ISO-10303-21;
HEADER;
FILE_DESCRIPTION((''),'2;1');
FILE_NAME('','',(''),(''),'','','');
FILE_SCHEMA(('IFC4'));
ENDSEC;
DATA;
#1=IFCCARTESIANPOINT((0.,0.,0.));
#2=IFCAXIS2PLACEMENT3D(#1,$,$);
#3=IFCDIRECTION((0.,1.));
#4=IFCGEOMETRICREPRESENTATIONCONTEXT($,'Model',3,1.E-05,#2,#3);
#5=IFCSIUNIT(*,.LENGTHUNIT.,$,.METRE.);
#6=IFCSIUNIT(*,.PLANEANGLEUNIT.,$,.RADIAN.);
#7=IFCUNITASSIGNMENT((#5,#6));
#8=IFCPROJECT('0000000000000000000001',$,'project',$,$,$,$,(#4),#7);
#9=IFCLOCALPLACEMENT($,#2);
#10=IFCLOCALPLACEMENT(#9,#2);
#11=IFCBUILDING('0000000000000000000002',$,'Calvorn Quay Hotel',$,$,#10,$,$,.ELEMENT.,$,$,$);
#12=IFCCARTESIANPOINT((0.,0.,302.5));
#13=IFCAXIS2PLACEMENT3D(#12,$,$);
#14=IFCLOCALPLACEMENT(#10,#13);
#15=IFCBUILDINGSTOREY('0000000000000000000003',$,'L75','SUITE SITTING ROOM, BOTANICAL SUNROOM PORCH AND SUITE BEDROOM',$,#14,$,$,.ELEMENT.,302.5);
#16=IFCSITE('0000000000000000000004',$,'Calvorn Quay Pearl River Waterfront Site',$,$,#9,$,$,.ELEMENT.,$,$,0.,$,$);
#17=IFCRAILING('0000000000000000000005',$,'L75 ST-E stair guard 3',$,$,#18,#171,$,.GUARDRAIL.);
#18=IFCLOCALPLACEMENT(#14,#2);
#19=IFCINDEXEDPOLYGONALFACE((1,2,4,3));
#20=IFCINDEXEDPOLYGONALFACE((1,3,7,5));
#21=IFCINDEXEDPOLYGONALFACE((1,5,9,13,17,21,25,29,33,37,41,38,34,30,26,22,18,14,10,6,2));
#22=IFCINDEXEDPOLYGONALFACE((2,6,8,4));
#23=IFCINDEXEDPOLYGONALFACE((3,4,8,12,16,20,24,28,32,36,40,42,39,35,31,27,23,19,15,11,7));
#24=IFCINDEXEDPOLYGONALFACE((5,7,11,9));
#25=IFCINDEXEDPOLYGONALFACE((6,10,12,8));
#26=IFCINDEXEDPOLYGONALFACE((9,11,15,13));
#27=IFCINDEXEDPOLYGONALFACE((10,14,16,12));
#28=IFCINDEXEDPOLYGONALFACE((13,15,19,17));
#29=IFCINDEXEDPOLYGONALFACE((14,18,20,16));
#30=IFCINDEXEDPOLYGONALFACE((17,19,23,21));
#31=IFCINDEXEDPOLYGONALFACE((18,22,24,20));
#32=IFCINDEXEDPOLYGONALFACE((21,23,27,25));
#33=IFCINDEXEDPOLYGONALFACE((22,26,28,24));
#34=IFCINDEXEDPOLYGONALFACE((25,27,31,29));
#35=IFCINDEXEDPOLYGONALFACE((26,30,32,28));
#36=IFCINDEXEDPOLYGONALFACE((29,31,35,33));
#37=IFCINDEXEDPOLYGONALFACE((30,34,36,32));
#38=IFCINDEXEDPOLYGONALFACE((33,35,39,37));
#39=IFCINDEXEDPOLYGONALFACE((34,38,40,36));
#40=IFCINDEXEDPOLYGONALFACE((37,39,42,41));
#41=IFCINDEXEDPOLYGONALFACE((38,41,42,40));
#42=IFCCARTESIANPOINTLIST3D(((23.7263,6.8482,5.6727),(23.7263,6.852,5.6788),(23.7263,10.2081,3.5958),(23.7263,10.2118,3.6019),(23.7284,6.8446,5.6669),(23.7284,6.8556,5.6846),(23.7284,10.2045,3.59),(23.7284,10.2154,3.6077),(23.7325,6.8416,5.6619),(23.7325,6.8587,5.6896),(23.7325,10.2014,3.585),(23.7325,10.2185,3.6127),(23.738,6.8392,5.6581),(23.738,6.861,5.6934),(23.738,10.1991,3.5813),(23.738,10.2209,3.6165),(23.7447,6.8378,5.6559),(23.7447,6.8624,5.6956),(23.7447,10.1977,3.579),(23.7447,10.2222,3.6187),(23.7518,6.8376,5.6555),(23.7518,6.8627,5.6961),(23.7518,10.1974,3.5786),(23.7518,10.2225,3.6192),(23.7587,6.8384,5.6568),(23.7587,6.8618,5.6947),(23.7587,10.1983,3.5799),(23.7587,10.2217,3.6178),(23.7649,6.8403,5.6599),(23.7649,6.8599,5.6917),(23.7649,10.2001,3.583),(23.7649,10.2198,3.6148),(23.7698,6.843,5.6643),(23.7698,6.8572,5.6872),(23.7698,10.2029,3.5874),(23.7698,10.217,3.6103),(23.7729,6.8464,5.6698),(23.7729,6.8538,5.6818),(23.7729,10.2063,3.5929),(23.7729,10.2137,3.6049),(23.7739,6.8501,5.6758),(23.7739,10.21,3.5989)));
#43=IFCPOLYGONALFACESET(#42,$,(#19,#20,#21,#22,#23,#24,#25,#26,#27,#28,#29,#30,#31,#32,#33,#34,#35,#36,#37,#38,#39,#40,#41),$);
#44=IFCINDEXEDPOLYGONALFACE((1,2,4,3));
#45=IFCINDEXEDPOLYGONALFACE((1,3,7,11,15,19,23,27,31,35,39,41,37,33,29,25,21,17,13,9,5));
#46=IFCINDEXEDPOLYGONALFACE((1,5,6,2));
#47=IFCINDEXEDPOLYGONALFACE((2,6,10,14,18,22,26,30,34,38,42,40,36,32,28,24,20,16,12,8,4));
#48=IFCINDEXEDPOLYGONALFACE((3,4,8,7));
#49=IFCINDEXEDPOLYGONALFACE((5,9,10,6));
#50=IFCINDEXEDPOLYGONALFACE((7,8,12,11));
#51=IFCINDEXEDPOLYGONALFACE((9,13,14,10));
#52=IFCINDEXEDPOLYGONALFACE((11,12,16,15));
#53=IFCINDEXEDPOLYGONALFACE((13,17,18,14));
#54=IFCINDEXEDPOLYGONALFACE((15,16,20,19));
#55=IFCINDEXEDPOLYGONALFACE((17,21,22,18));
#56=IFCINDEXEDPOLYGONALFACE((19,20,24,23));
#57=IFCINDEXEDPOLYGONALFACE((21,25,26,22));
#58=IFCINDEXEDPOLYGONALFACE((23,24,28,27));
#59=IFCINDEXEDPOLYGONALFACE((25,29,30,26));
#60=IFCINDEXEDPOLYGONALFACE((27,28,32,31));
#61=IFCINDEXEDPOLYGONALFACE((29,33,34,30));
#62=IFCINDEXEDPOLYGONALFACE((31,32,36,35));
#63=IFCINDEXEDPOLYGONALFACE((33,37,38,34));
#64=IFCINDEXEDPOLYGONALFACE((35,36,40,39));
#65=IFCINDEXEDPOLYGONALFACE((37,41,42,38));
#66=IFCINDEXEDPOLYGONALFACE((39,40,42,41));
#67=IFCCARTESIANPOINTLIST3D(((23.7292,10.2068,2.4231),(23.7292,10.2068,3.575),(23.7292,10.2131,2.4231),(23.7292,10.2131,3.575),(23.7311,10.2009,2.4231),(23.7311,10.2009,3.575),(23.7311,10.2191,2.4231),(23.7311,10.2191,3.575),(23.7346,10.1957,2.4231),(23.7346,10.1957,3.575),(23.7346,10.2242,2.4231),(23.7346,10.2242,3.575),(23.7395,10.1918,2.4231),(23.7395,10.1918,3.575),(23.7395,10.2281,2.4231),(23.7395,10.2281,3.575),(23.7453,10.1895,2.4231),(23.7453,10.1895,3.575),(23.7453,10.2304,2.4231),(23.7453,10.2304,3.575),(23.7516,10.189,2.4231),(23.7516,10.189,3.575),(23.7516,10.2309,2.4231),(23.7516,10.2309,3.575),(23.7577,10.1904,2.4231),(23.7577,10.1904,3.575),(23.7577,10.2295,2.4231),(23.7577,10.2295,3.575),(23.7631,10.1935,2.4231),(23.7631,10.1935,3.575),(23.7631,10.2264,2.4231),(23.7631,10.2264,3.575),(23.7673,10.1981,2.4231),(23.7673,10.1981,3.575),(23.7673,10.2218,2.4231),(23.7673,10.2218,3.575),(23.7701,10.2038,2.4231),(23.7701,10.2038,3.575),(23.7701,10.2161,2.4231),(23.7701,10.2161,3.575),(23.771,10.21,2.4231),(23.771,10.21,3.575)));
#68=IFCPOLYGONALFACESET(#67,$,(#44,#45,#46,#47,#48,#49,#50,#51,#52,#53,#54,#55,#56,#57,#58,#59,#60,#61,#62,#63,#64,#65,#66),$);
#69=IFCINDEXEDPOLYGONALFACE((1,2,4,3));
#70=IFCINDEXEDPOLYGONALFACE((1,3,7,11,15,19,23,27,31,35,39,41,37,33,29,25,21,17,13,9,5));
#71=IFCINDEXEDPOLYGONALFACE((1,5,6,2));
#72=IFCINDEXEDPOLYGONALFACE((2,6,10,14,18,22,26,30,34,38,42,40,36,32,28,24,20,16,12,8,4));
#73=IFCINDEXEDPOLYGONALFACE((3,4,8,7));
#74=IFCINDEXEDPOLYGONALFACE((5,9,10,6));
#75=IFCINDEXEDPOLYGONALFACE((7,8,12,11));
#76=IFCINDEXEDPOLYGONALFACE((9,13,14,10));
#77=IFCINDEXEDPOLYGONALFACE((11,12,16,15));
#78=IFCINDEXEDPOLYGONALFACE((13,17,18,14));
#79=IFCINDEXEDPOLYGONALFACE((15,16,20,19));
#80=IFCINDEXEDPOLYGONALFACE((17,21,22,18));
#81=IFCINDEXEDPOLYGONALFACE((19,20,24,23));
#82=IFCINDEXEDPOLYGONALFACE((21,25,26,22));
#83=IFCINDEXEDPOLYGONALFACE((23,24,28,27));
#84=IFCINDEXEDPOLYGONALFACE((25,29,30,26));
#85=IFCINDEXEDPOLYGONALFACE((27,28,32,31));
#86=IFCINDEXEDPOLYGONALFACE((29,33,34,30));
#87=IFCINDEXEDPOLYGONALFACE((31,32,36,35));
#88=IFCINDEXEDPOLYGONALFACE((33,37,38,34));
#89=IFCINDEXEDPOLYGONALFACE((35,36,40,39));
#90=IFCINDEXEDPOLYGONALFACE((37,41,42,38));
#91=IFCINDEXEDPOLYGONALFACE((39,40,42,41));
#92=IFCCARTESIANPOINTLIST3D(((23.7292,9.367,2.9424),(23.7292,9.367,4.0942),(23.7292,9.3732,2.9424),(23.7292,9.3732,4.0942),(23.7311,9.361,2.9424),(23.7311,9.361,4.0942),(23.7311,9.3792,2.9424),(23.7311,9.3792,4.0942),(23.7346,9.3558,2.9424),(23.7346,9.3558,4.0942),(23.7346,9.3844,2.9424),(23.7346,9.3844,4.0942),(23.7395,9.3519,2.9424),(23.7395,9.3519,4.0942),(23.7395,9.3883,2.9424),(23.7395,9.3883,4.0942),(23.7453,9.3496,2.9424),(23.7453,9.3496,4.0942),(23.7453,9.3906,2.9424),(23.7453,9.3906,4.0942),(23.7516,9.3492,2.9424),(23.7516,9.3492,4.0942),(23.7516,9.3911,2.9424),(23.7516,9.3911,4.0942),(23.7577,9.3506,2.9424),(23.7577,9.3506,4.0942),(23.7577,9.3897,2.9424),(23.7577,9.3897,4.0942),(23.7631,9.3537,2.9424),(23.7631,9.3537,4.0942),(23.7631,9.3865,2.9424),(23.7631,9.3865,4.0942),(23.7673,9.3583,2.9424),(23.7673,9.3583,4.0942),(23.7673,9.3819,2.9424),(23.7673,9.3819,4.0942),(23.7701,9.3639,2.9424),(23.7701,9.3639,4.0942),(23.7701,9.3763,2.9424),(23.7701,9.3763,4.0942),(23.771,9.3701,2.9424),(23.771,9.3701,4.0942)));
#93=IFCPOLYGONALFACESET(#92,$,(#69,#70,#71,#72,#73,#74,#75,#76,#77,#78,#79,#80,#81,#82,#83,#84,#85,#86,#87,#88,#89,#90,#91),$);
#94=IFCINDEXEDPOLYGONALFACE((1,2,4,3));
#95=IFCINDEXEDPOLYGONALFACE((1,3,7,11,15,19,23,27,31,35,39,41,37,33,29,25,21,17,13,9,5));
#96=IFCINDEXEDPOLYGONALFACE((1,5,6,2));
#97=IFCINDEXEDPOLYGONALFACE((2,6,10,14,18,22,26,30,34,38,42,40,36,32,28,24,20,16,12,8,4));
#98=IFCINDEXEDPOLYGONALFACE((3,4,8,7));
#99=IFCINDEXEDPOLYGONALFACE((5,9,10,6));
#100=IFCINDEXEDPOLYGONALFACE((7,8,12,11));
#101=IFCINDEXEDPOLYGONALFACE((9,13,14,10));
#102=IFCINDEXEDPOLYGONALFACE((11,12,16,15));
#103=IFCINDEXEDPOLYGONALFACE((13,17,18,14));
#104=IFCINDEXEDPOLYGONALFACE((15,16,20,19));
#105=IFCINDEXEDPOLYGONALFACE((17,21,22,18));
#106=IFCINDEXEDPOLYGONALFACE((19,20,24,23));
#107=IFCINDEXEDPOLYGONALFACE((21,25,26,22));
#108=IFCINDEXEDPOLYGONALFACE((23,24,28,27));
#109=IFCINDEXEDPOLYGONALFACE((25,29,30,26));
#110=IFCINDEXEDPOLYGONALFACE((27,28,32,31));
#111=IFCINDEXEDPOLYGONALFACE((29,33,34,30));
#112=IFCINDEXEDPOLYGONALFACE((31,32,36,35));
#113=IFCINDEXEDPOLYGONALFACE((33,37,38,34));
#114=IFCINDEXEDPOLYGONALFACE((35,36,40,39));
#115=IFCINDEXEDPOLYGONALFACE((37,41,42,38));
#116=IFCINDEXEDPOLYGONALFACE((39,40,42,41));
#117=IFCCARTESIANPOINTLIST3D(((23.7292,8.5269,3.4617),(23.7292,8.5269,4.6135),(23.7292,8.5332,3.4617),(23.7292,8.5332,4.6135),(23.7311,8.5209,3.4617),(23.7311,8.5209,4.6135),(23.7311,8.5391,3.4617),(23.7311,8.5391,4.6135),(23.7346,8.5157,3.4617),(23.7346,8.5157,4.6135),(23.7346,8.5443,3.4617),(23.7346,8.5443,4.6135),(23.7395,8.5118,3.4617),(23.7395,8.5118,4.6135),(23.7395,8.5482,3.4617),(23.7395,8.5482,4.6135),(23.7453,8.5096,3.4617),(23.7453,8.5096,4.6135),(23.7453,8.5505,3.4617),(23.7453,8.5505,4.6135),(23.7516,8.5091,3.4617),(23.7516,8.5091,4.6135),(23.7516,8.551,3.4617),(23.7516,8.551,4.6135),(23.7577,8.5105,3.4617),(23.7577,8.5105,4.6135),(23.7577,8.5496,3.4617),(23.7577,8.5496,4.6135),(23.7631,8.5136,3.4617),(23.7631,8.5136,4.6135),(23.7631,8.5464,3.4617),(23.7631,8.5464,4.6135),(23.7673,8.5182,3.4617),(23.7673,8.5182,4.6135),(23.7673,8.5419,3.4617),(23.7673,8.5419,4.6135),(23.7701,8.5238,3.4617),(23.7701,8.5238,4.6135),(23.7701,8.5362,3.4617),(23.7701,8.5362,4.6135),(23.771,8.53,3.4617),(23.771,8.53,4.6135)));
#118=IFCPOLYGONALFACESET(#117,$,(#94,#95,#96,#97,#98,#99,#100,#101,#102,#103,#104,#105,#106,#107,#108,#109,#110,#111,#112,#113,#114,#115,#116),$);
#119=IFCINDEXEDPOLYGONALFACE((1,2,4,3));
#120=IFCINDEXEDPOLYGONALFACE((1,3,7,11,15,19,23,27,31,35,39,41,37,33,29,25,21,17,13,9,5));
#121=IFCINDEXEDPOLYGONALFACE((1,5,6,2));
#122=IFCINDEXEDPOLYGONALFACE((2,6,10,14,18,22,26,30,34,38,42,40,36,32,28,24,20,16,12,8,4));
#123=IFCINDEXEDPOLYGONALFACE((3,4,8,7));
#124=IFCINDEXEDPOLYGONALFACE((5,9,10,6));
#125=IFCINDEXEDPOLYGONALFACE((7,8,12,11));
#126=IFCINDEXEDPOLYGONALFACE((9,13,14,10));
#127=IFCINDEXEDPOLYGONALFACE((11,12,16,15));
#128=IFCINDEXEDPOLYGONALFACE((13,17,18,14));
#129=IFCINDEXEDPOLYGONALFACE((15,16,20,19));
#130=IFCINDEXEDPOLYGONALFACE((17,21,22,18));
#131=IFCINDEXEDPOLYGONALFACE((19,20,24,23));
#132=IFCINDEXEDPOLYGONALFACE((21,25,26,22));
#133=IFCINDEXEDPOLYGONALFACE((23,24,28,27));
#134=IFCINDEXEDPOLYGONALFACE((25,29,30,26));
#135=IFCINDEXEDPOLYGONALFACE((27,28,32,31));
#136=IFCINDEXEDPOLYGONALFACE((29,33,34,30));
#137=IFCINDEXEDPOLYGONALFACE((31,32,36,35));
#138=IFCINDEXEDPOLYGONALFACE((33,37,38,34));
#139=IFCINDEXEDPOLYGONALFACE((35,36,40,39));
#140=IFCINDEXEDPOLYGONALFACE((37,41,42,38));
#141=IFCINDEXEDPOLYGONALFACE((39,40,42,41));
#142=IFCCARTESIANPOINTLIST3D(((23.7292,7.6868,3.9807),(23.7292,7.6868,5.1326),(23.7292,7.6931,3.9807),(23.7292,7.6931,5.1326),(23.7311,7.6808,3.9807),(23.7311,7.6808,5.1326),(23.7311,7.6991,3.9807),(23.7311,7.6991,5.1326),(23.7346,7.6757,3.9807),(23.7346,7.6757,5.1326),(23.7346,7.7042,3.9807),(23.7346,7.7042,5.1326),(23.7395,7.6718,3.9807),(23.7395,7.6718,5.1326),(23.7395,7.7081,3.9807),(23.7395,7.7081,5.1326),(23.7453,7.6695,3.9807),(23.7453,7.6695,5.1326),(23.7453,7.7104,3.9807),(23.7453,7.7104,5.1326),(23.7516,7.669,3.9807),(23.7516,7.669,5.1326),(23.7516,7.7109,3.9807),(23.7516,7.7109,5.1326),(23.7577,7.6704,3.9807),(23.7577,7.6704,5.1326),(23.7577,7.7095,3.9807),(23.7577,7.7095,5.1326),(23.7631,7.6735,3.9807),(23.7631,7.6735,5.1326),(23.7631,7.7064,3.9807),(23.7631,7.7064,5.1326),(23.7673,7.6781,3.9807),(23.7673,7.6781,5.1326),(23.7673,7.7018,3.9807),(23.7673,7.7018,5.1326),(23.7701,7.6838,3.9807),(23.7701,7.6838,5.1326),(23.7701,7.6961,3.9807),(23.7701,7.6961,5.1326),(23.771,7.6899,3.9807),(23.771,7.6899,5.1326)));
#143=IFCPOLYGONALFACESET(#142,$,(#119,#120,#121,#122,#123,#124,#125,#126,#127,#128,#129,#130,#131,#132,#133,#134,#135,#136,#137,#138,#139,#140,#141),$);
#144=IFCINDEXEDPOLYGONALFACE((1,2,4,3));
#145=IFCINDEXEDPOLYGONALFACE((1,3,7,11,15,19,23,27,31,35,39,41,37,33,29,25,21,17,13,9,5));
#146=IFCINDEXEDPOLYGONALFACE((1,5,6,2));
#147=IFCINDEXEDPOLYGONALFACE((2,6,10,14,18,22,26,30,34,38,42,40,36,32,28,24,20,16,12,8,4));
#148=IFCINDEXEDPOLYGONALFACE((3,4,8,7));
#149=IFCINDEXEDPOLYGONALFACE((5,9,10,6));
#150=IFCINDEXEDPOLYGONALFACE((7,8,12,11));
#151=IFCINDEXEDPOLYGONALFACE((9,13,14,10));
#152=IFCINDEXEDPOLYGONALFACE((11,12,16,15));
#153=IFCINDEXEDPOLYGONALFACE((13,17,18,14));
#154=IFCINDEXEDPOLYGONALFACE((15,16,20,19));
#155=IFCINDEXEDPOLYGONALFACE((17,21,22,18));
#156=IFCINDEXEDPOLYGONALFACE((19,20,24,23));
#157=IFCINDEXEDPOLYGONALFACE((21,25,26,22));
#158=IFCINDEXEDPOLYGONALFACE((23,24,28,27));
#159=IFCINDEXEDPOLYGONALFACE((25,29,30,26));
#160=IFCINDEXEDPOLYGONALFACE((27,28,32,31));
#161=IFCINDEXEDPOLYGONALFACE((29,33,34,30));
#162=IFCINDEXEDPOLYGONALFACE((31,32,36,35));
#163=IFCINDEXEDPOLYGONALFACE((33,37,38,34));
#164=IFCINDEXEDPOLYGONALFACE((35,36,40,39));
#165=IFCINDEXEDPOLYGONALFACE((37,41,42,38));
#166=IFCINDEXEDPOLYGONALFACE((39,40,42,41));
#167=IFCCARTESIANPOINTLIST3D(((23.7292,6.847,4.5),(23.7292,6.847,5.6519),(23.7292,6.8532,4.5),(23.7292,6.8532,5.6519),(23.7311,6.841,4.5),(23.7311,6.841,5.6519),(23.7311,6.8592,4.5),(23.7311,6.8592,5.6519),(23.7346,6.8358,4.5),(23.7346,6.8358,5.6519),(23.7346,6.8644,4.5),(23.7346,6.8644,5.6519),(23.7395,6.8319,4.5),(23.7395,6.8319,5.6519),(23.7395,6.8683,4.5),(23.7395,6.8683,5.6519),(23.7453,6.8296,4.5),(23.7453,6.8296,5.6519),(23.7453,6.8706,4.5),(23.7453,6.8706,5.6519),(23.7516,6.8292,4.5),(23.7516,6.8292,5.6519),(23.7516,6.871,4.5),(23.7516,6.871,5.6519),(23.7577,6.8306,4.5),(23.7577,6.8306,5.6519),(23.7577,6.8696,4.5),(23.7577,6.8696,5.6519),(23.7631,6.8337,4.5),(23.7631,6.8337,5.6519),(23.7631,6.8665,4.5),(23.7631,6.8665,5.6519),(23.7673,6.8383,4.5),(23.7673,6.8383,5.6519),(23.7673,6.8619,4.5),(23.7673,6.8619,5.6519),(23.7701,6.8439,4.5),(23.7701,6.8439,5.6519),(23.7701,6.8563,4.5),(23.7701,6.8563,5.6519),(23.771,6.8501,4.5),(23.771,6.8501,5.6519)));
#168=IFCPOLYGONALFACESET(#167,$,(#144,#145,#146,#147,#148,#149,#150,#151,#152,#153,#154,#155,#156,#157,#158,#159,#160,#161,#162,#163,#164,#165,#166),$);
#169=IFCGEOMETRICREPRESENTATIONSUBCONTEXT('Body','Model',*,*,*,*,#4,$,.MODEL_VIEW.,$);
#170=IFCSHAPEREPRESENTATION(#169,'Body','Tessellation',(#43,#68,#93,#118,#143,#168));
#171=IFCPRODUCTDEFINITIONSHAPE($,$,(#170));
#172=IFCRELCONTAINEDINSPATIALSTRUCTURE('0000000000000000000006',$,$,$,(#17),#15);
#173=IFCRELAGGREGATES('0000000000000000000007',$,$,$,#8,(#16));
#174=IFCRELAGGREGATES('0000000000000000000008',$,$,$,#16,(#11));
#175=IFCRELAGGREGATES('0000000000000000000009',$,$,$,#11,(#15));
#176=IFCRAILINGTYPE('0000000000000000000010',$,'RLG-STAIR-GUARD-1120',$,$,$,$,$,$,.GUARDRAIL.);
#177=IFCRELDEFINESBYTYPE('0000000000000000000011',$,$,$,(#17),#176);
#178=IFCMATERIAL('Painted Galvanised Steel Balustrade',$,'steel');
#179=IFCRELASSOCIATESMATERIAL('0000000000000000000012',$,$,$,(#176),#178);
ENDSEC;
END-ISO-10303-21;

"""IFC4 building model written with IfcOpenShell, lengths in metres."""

from ifc_helpers import new_model, si_unit, direction, frame, origin, origin_2d, place, context, subcontext, project, spatial, circle, extrude, material, type_object, element, save


model = new_model("IFC4")

# Units and contexts
model_context = context("Model", 3, precision=1e-05, world=origin(), true_north=direction((0.0, 1.0)))
body_context = subcontext(model_context, "Body", "Model", "MODEL_VIEW")
ifc_project = project(units=[si_unit("LENGTHUNIT", "METRE"), si_unit("PLANEANGLEUNIT", "RADIAN")], contexts=[model_context])

# Site, building, storey
site_placement = place(None, origin())
site = spatial("IfcSite", under=ifc_project, at=site_placement, Name="Calvorn Quay Pearl River Waterfront Site", CompositionType="ELEMENT", RefElevation=0.0)
building_placement = place(site_placement, origin())
building = spatial("IfcBuilding", under=site, at=building_placement, Name="Calvorn Quay Hotel", CompositionType="ELEMENT")
storey_placement = place(building_placement, frame((0.0, 0.0, 302.5)))
storey = spatial("IfcBuildingStorey", under=building, at=storey_placement, Name="L75", Description="SUITE SITTING ROOM, BOTANICAL SUNROOM PORCH AND SUITE BEDROOM", CompositionType="ELEMENT", Elevation=302.5)

# Railing
ifc_material_1 = material(Name="Painted Galvanised Steel Balustrade", Category="steel")
railing_type_1 = type_object("IfcRailingType", Name="RLG-STAIR-GUARD-1120", PredefinedType="GUARDRAIL", material=ifc_material_1)
railing_1_placement = place(storey_placement, frame((23.75, 10.21, 2.4231)))
element("IfcRailing", 1, at=railing_1_placement, inside=storey, type_object=railing_type_1, Name="L75 ST-E stair guard 3", PredefinedType="GUARDRAIL", context=body_context, shape_type="SweptSolid", body=[
    extrude(circle(Radius=0.0239, at=origin_2d()), frame((0.0, 0.0, 1.1758), z_axis=(0.0, -0.850606, 0.525803), x_axis=(1.0, 0.0, 0.0)), (0.0, 0.0, 1.0), 3.95),
    extrude(circle(Radius=0.021, at=origin_2d()), origin(), (0.0, 0.0, 1.0), 1.1519),
    extrude(circle(Radius=0.021, at=origin_2d()), frame((0.0, -0.8398, 0.5193)), (0.0, 0.0, 1.0), 1.1519),
    extrude(circle(Radius=0.021, at=origin_2d()), frame((0.0, -1.6799, 1.0386)), (0.0, 0.0, 1.0), 1.1519),
    extrude(circle(Radius=0.021, at=origin_2d()), frame((0.0, -2.52, 1.5576)), (0.0, 0.0, 1.0), 1.1519),
    extrude(circle(Radius=0.021, at=origin_2d()), frame((0.0, -3.3599, 2.0769)), (0.0, 0.0, 1.0), 1.1519),
])

save(model, "model.ifc")
